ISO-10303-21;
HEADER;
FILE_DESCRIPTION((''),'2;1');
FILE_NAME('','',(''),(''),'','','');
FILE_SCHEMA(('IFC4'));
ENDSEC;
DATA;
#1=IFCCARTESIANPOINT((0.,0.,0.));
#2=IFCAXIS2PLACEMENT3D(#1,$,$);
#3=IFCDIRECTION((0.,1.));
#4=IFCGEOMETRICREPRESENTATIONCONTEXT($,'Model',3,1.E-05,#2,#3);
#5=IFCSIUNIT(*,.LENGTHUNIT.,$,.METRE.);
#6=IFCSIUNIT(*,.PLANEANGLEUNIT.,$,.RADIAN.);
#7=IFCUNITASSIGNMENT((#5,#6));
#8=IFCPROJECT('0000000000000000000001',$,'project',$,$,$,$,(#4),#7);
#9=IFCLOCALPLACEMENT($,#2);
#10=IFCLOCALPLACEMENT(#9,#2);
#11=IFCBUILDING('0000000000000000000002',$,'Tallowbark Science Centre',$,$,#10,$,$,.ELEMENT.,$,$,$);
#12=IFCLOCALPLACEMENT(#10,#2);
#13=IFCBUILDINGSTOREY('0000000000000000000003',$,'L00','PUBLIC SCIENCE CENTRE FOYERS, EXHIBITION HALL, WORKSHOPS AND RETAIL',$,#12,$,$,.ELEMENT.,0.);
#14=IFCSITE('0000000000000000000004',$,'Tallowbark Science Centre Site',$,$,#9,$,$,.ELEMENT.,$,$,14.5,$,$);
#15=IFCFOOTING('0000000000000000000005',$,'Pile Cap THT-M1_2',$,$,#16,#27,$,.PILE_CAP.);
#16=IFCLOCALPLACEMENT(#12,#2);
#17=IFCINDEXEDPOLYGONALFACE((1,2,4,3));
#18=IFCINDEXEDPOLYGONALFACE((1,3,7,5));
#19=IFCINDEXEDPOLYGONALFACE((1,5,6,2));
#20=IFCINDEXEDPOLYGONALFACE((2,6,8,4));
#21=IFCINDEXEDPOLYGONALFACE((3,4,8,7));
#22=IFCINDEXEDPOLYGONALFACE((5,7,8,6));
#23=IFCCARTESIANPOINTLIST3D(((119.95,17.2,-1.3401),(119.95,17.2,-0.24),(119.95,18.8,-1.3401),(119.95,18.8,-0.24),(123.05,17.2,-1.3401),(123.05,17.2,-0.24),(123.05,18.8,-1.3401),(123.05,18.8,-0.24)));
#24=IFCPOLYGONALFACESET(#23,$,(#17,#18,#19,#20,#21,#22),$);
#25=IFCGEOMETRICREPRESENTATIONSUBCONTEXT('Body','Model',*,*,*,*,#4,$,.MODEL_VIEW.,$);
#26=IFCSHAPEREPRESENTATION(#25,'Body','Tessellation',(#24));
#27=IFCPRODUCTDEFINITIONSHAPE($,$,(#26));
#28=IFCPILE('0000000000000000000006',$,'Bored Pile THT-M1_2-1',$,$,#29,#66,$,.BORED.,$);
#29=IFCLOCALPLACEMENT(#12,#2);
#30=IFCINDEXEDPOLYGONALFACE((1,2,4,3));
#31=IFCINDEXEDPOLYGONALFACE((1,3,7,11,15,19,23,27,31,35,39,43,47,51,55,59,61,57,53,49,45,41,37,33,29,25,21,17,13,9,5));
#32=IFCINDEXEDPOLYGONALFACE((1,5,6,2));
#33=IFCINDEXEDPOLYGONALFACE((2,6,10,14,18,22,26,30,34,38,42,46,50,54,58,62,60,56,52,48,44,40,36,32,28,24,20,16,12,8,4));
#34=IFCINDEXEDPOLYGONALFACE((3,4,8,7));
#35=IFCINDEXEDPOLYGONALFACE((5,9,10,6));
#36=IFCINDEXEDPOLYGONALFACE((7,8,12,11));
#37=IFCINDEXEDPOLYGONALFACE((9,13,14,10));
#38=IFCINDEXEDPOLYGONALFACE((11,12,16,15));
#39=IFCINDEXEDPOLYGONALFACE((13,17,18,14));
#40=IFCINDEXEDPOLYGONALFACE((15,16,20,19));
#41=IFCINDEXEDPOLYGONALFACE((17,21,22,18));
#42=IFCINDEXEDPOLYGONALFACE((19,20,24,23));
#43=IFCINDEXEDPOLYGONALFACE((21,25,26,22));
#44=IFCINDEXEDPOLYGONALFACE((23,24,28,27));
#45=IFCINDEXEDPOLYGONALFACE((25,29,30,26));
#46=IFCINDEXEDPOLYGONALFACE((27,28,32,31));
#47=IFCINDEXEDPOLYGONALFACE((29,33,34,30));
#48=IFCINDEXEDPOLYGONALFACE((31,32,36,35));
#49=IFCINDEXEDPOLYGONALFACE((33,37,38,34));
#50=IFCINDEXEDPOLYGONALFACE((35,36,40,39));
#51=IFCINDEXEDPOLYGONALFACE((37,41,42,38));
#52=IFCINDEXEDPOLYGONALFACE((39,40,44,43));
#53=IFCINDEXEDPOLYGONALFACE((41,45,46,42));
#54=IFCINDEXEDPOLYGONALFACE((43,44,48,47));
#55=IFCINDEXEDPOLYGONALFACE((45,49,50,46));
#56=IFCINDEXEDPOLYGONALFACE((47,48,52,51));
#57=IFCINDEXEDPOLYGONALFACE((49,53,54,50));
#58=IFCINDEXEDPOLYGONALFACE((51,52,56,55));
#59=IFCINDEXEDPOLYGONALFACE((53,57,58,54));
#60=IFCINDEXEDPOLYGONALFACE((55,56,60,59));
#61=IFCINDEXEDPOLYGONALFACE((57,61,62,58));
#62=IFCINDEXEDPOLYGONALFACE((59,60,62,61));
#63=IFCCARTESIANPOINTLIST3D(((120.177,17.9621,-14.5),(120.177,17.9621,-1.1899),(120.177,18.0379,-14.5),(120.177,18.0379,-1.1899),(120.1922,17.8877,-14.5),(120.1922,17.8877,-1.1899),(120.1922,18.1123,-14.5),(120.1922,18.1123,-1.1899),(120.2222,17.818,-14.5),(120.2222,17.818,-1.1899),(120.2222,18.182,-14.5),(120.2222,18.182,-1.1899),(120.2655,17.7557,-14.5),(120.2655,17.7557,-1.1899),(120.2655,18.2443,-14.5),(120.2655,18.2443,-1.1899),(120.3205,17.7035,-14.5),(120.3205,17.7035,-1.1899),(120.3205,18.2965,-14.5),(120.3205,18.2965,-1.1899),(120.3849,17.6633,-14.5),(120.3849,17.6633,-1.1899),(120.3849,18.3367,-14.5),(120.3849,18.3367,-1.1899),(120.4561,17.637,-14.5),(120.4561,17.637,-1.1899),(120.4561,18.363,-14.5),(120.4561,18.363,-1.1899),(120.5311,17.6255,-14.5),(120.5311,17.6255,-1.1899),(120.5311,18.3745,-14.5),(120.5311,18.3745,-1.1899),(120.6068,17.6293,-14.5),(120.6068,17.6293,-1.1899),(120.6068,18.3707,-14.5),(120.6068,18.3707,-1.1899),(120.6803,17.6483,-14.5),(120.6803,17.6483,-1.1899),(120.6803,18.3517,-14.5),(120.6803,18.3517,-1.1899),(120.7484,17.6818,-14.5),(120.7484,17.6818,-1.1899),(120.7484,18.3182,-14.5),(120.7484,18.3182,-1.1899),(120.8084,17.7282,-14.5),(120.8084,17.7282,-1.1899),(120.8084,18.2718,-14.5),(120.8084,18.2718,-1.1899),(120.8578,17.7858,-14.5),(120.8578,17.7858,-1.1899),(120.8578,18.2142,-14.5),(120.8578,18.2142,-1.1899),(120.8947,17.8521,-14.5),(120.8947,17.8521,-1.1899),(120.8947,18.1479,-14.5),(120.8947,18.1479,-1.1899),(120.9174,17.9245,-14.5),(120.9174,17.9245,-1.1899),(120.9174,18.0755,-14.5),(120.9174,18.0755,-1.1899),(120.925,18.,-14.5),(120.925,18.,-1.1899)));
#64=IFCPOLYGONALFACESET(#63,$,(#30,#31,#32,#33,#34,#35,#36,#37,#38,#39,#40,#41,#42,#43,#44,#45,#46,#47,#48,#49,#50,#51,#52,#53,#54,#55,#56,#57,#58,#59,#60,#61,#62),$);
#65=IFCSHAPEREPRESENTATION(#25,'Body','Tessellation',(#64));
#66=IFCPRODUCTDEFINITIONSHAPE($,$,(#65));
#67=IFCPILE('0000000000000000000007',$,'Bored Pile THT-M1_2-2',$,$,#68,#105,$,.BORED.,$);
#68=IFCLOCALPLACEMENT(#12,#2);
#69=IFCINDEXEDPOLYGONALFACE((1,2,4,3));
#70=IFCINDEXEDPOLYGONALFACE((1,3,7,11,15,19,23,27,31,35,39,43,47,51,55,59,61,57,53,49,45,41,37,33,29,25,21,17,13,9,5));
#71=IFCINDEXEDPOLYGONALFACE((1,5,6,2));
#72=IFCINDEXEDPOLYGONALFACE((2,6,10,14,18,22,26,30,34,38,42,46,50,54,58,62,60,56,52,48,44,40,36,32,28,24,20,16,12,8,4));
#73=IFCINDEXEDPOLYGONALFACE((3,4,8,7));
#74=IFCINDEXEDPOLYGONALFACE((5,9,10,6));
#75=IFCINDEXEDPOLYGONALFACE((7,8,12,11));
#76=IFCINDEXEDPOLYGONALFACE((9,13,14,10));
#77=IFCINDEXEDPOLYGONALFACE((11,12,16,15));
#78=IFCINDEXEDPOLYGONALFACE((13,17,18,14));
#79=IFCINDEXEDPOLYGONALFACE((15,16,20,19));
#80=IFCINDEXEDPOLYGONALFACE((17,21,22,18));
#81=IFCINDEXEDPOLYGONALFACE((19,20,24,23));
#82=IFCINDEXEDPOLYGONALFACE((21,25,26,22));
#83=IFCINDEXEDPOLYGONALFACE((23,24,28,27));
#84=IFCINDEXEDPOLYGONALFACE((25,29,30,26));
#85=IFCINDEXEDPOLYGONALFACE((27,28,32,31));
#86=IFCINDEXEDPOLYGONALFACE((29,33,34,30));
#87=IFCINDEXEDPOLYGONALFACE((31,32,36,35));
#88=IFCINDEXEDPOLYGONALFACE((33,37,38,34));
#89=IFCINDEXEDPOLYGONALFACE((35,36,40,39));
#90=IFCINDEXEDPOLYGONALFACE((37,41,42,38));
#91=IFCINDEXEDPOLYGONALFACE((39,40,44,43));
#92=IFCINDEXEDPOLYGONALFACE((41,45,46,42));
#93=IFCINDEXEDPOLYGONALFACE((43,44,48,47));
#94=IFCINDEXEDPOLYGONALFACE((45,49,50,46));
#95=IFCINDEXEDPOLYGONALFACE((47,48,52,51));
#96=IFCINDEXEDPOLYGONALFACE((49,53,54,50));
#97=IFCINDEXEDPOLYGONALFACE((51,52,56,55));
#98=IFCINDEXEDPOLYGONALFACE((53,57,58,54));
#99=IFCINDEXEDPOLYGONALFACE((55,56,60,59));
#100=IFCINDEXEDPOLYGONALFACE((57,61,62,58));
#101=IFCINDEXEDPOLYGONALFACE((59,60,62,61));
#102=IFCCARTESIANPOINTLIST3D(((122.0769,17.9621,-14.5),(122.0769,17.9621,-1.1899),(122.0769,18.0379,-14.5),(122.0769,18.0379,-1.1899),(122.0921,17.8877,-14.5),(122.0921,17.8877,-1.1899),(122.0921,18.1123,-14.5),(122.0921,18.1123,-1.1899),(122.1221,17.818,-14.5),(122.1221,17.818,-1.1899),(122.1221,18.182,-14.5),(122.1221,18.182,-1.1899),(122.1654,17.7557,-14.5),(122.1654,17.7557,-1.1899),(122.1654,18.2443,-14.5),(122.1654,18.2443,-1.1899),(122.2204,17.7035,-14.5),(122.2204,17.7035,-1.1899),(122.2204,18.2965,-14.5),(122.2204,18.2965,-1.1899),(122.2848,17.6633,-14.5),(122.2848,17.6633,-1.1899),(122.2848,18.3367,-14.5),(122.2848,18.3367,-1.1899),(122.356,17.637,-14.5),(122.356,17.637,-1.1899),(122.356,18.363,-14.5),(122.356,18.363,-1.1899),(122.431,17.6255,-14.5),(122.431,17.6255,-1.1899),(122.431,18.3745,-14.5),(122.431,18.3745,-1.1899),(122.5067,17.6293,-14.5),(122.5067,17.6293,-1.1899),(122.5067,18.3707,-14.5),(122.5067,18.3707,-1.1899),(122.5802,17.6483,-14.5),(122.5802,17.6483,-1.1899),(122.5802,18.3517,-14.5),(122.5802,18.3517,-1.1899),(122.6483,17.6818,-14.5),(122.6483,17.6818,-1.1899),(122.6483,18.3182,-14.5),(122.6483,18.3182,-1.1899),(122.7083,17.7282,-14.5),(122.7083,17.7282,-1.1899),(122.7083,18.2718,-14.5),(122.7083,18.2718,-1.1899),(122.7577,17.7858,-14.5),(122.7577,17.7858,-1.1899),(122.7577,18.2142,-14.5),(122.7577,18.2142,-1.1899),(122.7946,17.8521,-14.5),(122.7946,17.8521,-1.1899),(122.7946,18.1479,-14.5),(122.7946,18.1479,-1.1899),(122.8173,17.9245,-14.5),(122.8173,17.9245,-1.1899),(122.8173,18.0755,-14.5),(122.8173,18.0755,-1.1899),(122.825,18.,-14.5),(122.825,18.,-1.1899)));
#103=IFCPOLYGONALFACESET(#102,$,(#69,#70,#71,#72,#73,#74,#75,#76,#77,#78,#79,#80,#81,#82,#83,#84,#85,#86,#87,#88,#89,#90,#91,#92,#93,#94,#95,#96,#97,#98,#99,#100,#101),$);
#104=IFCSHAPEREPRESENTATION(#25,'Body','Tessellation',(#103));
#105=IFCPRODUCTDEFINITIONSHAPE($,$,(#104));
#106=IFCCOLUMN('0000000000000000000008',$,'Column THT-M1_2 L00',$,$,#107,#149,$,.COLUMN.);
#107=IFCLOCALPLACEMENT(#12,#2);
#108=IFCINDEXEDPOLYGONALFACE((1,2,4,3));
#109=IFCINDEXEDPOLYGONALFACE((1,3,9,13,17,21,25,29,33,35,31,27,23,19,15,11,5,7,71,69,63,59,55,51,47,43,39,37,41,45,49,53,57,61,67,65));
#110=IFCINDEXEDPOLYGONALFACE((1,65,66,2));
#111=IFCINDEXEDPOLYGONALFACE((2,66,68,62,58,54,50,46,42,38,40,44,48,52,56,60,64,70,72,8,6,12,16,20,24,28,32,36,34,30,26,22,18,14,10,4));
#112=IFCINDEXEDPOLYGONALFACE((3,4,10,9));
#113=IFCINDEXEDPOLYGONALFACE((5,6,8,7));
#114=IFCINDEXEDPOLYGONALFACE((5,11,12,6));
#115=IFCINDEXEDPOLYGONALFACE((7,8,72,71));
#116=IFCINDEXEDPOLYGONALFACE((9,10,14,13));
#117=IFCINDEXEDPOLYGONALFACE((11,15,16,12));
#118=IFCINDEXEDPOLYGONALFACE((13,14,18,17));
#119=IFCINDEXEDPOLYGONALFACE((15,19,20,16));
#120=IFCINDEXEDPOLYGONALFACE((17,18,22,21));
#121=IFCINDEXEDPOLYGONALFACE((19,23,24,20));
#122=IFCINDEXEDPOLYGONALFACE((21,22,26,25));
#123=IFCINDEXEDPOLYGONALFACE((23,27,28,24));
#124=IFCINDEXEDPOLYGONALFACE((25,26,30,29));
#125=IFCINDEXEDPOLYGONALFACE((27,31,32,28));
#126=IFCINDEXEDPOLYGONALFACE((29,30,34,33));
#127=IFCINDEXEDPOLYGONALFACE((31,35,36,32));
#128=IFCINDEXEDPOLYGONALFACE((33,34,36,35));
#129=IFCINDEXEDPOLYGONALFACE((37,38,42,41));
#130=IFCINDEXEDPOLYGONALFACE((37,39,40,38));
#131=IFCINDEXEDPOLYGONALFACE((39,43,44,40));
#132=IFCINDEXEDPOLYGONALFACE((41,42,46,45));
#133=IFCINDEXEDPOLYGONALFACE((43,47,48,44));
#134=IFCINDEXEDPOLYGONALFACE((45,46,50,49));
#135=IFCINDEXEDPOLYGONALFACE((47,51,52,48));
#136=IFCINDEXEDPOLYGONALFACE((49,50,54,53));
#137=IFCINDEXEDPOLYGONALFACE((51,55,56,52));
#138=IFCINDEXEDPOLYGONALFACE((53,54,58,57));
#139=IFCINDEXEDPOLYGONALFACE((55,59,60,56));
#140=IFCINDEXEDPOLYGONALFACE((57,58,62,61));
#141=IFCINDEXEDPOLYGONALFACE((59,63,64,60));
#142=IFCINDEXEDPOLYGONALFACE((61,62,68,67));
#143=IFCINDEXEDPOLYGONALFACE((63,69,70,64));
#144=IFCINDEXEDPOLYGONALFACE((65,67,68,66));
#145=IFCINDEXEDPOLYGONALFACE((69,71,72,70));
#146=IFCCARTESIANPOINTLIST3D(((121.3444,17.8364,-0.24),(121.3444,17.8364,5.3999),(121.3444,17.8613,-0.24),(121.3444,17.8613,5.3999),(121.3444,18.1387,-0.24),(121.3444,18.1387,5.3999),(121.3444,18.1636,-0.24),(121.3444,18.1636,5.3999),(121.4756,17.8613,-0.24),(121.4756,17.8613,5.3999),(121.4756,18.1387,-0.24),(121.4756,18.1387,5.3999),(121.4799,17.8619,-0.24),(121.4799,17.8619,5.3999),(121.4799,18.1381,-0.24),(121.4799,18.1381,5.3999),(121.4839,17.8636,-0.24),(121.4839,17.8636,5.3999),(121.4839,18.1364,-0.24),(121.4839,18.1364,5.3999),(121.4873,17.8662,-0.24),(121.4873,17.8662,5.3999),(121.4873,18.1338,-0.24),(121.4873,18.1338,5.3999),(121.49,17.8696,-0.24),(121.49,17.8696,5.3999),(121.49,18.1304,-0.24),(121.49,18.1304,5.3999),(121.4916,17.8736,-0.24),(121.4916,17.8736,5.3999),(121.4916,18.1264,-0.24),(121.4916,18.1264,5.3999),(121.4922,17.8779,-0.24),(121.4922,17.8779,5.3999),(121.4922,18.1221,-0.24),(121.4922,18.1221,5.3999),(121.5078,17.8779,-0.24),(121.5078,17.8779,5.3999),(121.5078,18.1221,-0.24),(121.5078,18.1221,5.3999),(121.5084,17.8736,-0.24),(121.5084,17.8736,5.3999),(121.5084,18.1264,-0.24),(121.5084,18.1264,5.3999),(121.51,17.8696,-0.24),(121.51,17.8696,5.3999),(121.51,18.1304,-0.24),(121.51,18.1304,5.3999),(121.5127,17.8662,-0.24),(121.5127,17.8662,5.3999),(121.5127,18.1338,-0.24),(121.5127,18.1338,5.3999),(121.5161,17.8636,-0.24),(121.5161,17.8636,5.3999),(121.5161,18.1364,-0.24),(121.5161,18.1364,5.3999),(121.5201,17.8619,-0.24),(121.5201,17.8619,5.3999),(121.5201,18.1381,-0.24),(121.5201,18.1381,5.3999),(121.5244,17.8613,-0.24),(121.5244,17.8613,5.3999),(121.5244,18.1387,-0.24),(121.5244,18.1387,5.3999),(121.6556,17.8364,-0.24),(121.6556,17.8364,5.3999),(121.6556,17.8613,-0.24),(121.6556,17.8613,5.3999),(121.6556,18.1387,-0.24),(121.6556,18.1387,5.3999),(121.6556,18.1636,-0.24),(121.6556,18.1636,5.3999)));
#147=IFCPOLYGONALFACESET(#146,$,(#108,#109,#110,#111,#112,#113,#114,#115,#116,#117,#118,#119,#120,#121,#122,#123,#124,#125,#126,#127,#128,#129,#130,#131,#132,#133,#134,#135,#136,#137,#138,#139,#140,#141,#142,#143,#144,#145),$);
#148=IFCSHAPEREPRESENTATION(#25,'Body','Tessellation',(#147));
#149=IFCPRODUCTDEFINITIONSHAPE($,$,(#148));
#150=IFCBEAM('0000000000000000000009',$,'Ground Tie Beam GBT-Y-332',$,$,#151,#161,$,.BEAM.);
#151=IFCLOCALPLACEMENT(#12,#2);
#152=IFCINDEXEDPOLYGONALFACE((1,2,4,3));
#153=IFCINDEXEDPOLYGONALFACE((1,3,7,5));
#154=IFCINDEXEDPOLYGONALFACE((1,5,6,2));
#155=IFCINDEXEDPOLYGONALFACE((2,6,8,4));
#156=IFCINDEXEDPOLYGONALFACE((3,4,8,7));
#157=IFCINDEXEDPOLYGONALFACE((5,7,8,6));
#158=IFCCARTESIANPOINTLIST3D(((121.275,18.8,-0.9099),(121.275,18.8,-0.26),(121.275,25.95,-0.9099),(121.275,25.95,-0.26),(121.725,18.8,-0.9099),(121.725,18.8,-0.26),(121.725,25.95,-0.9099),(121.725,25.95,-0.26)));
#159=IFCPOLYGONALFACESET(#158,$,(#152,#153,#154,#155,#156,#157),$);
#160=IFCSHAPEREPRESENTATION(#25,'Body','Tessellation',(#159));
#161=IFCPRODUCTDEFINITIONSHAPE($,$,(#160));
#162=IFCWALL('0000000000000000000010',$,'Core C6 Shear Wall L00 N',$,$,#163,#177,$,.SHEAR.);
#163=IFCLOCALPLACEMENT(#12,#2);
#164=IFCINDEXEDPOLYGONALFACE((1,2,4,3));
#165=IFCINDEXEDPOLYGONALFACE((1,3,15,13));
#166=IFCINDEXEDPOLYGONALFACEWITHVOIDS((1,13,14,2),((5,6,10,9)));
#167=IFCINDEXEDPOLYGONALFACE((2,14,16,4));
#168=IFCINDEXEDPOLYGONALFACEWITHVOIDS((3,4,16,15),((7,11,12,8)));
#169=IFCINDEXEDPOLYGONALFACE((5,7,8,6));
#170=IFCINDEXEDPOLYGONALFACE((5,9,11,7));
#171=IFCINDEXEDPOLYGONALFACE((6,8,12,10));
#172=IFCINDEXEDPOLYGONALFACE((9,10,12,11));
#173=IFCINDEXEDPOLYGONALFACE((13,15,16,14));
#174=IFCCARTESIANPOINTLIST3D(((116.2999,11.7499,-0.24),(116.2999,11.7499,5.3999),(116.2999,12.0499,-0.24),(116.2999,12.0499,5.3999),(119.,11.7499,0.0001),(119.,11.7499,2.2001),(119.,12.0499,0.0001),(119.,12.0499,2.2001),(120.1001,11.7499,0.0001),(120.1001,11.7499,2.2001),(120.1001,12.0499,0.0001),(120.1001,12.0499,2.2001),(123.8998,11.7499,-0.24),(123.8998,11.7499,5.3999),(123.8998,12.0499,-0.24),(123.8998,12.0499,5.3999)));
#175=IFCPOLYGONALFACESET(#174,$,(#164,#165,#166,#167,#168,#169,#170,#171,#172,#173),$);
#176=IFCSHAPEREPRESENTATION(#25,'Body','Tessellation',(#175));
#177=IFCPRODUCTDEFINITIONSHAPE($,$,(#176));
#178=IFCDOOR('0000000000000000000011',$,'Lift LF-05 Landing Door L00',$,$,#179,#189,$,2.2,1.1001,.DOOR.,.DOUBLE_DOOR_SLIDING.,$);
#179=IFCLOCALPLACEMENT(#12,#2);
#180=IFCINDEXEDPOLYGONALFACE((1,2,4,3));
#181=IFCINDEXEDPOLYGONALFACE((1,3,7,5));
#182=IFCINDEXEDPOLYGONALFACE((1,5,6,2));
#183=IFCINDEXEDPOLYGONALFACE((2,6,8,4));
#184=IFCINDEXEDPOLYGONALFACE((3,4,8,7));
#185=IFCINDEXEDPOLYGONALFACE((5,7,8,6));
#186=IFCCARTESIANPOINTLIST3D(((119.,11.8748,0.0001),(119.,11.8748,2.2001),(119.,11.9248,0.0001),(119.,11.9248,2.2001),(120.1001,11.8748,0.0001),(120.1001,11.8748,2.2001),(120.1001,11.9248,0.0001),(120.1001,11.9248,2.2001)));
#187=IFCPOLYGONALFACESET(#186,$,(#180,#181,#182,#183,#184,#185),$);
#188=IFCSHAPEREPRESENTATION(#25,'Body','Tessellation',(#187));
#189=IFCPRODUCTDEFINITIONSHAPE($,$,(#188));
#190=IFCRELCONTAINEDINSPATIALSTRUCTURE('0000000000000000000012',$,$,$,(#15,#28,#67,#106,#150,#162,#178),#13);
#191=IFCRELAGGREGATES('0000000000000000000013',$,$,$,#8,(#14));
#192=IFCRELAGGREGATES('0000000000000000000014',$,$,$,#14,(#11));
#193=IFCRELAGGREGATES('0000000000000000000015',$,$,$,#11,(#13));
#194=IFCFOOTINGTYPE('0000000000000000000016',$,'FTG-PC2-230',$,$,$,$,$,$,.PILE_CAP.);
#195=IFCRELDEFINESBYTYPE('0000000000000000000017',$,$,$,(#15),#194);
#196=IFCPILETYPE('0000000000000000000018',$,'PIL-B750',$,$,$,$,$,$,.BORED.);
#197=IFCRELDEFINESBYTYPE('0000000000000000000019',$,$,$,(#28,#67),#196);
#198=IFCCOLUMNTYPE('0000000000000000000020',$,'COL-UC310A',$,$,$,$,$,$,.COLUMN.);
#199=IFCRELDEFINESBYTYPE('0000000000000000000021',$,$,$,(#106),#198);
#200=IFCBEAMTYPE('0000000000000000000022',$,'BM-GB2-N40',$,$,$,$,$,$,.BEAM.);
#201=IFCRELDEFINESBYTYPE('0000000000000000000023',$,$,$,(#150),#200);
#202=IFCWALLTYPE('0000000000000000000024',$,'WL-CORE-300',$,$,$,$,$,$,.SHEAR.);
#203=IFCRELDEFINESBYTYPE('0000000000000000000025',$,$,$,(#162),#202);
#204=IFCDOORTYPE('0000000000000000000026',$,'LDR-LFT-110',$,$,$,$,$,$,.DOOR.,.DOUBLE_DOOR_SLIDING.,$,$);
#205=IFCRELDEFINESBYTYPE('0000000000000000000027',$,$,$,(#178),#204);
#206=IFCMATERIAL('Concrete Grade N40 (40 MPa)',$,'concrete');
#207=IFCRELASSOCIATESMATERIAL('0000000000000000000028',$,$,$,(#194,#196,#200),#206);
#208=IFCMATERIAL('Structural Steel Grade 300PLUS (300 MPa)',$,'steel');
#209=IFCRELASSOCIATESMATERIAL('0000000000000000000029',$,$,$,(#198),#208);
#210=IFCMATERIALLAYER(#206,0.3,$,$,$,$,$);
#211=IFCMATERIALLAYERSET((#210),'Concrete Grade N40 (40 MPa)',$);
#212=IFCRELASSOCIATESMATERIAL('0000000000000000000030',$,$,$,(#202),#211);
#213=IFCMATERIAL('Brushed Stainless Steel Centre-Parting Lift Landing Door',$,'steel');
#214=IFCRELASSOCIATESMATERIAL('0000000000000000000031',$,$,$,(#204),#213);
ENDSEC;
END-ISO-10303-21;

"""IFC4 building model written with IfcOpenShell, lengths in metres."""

from ifc_helpers import new_model, si_unit, direction, frame, frame_2d, origin, origin_2d, place, context, subcontext, project, spatial, rectangle, circle, i_section, extrude, material, layer, layer_set, material_profile, profile_set, type_object, element, fill, save


model = new_model("IFC4")

# Units and contexts
model_context = context("Model", 3, precision=1e-05, world=origin(), true_north=direction((0.0, 1.0)))
body_context = subcontext(model_context, "Body", "Model", "MODEL_VIEW")
ifc_project = project(units=[si_unit("LENGTHUNIT", "METRE"), si_unit("PLANEANGLEUNIT", "RADIAN")], contexts=[model_context])

# Site, building, storey
site_placement = place(None, origin())
site = spatial("IfcSite", under=ifc_project, at=site_placement, Name="Tallowbark Science Centre Site", CompositionType="ELEMENT", RefElevation=14.5)
building_placement = place(site_placement, origin())
building = spatial("IfcBuilding", under=site, at=building_placement, Name="Tallowbark Science Centre", CompositionType="ELEMENT")
storey_placement = place(building_placement, origin())
storey = spatial("IfcBuildingStorey", under=building, at=storey_placement, Name="L00", Description="PUBLIC SCIENCE CENTRE FOYERS, EXHIBITION HALL, WORKSHOPS AND RETAIL", CompositionType="ELEMENT", Elevation=0.0)

# Footing
ifc_material_1 = material(Name="Concrete Grade N40 (40 MPa)", Category="concrete")
footing_type = type_object("IfcFootingType", Name="FTG-PC2-230", PredefinedType="PILE_CAP", material=ifc_material_1)
footing_placement = place(storey_placement, frame((121.5, 18.0, -1.3401), z_axis=(0.0, 0.0, 1.0), x_axis=(1.0, 0.0, 0.0)))
element("IfcFooting", 1, at=footing_placement, inside=storey, type_object=footing_type, Name="Pile Cap THT-M1_2", PredefinedType="PILE_CAP", context=body_context, shape_type="SweptSolid", body=[
    extrude(rectangle(XDim=3.1001, YDim=1.6001, at=origin_2d()), origin(), (0.0, 0.0, 1.0), 1.1001),
])

# Piles
ifc_material_profile_1 = material_profile(ifc_material_1, circle(Radius=0.375, at=origin_2d()), Name="PILE750")
ifc_profile_set_1 = profile_set([ifc_material_profile_1], Name="Concrete Grade N40 (40 MPa)")
pile_type = type_object("IfcPileType", Name="PIL-B750", PredefinedType="BORED", material=ifc_profile_set_1)
for number, where, z_axis, x_axis, name in (
    (2, (120.55, 18.0, -1.1899), (0.0, 0.0, -1.0), (1.0, 0.0, 0.0), "Bored Pile THT-M1_2-1"),
    (3, (122.45, 18.0, -1.1899), (0.0, 0.0, -1.0), (1.0, 0.0, 0.0), "Bored Pile THT-M1_2-2"),
):
    element("IfcPile", number, at=place(storey_placement, frame(where, z_axis=z_axis, x_axis=x_axis)), inside=storey, type_object=pile_type, Name=name, PredefinedType="BORED", context=body_context, shape_type="SweptSolid", body=[
        extrude(circle(Radius=0.375, at=origin_2d()), origin(), (0.0, 0.0, 1.0), 13.3101),
    ])

# Column
ifc_material_2 = material(Name="Structural Steel Grade 300PLUS (300 MPa)", Category="steel")
ifc_material_profile_2 = material_profile(ifc_material_2, i_section(OverallWidth=0.3113, OverallDepth=0.3271, WebThickness=0.0156, FlangeThickness=0.0249, FilletRadius=0.0166, at=origin_2d()), Name="310UC158")
ifc_profile_set_2 = profile_set([ifc_material_profile_2], Name="Structural Steel Grade 300PLUS (300 MPa)")
column_type = type_object("IfcColumnType", Name="COL-UC310A", PredefinedType="COLUMN", material=ifc_profile_set_2)
column_placement = place(storey_placement, frame((121.5, 18.0, -0.24), z_axis=(0.0, 0.0, 1.0), x_axis=(1.0, 0.0, 0.0)))
element("IfcColumn", 4, at=column_placement, inside=storey, type_object=column_type, Name="Column THT-M1_2 L00", PredefinedType="COLUMN", context=body_context, shape_type="SweptSolid", body=[
    extrude(i_section(OverallWidth=0.3113, OverallDepth=0.3271, WebThickness=0.0156, FlangeThickness=0.0249, FilletRadius=0.0166, at=origin_2d()), origin(), (0.0, 0.0, 1.0), 5.6399),
])

# Beam
ifc_material_profile_3 = material_profile(ifc_material_1, rectangle(XDim=0.45, YDim=0.6499, at=origin_2d()), Name="RC450x650")
ifc_profile_set_3 = profile_set([ifc_material_profile_3], Name="Concrete Grade N40 (40 MPa)")
beam_type = type_object("IfcBeamType", Name="BM-GB2-N40", PredefinedType="BEAM", material=ifc_profile_set_3)
beam_placement = place(storey_placement, frame((121.5, 18.8, -0.585), z_axis=(0.0, 1.0, 0.0), x_axis=(-1.0, 0.0, 0.0)))
element("IfcBeam", 5, at=beam_placement, inside=storey, type_object=beam_type, Name="Ground Tie Beam GBT-Y-332", PredefinedType="BEAM", context=body_context, shape_type="SweptSolid", body=[
    extrude(rectangle(XDim=0.45, YDim=0.6499, at=origin_2d()), origin(), (0.0, 0.0, 1.0), 7.1499),
])

# Wall, opening, door
ifc_layer_1 = layer(ifc_material_1, 0.3)
ifc_layer_set_1 = layer_set([ifc_layer_1], Name="Concrete Grade N40 (40 MPa)")
wall_type = type_object("IfcWallType", Name="WL-CORE-300", PredefinedType="SHEAR", material=ifc_layer_set_1)
wall_placement = place(storey_placement, frame((116.3, 11.8999, -0.24), z_axis=(0.0, 0.0, 1.0), x_axis=(1.0, 0.0, 0.0)))
wall = element("IfcWall", 6, at=wall_placement, inside=storey, type_object=wall_type, Name="Core C6 Shear Wall L00 N", PredefinedType="SHEAR", context=body_context, shape_type="SweptSolid", body=[
    extrude(rectangle(XDim=7.5999, YDim=0.3, at=frame_2d((3.7998, 0.0))), origin(), (0.0, 0.0, 1.0), 5.6399),
])
opening_placement = place(wall_placement, frame((2.7, 0.0, 0.24)))
opening = element("IfcOpeningElement", 7, at=opening_placement, cuts=wall, PredefinedType="OPENING", context=body_context, shape_type="SweptSolid", body=[
    extrude(rectangle(XDim=1.1001, YDim=2.2, at=frame_2d((0.55, 1.1001))), frame((0.0, 0.1602, 0.0), z_axis=(0.0, -1.0, 0.0), x_axis=(1.0, 0.0, 0.0)), (0.0, 0.0, 1.0), 0.3201),
])
ifc_material_3 = material(Name="Brushed Stainless Steel Centre-Parting Lift Landing Door", Category="steel")
door_type = type_object("IfcDoorType", Name="LDR-LFT-110", OperationType="DOUBLE_DOOR_SLIDING", PredefinedType="DOOR", material=ifc_material_3)
door_placement = place(opening_placement, origin())
door = element("IfcDoor", 8, at=door_placement, inside=storey, type_object=door_type, Name="Lift LF-05 Landing Door L00", OperationType="DOUBLE_DOOR_SLIDING", OverallHeight=2.2, OverallWidth=1.1001, PredefinedType="DOOR", context=body_context, shape_type="SweptSolid", body=[
    extrude(rectangle(XDim=1.1001, YDim=2.2, at=frame_2d((0.55, 1.1001))), frame((0.0, 0.0249, 0.0), z_axis=(0.0, -1.0, 0.0), x_axis=(1.0, 0.0, 0.0)), (0.0, 0.0, 1.0), 0.05),
])
fill(opening, door)

save(model, "model.ifc")
